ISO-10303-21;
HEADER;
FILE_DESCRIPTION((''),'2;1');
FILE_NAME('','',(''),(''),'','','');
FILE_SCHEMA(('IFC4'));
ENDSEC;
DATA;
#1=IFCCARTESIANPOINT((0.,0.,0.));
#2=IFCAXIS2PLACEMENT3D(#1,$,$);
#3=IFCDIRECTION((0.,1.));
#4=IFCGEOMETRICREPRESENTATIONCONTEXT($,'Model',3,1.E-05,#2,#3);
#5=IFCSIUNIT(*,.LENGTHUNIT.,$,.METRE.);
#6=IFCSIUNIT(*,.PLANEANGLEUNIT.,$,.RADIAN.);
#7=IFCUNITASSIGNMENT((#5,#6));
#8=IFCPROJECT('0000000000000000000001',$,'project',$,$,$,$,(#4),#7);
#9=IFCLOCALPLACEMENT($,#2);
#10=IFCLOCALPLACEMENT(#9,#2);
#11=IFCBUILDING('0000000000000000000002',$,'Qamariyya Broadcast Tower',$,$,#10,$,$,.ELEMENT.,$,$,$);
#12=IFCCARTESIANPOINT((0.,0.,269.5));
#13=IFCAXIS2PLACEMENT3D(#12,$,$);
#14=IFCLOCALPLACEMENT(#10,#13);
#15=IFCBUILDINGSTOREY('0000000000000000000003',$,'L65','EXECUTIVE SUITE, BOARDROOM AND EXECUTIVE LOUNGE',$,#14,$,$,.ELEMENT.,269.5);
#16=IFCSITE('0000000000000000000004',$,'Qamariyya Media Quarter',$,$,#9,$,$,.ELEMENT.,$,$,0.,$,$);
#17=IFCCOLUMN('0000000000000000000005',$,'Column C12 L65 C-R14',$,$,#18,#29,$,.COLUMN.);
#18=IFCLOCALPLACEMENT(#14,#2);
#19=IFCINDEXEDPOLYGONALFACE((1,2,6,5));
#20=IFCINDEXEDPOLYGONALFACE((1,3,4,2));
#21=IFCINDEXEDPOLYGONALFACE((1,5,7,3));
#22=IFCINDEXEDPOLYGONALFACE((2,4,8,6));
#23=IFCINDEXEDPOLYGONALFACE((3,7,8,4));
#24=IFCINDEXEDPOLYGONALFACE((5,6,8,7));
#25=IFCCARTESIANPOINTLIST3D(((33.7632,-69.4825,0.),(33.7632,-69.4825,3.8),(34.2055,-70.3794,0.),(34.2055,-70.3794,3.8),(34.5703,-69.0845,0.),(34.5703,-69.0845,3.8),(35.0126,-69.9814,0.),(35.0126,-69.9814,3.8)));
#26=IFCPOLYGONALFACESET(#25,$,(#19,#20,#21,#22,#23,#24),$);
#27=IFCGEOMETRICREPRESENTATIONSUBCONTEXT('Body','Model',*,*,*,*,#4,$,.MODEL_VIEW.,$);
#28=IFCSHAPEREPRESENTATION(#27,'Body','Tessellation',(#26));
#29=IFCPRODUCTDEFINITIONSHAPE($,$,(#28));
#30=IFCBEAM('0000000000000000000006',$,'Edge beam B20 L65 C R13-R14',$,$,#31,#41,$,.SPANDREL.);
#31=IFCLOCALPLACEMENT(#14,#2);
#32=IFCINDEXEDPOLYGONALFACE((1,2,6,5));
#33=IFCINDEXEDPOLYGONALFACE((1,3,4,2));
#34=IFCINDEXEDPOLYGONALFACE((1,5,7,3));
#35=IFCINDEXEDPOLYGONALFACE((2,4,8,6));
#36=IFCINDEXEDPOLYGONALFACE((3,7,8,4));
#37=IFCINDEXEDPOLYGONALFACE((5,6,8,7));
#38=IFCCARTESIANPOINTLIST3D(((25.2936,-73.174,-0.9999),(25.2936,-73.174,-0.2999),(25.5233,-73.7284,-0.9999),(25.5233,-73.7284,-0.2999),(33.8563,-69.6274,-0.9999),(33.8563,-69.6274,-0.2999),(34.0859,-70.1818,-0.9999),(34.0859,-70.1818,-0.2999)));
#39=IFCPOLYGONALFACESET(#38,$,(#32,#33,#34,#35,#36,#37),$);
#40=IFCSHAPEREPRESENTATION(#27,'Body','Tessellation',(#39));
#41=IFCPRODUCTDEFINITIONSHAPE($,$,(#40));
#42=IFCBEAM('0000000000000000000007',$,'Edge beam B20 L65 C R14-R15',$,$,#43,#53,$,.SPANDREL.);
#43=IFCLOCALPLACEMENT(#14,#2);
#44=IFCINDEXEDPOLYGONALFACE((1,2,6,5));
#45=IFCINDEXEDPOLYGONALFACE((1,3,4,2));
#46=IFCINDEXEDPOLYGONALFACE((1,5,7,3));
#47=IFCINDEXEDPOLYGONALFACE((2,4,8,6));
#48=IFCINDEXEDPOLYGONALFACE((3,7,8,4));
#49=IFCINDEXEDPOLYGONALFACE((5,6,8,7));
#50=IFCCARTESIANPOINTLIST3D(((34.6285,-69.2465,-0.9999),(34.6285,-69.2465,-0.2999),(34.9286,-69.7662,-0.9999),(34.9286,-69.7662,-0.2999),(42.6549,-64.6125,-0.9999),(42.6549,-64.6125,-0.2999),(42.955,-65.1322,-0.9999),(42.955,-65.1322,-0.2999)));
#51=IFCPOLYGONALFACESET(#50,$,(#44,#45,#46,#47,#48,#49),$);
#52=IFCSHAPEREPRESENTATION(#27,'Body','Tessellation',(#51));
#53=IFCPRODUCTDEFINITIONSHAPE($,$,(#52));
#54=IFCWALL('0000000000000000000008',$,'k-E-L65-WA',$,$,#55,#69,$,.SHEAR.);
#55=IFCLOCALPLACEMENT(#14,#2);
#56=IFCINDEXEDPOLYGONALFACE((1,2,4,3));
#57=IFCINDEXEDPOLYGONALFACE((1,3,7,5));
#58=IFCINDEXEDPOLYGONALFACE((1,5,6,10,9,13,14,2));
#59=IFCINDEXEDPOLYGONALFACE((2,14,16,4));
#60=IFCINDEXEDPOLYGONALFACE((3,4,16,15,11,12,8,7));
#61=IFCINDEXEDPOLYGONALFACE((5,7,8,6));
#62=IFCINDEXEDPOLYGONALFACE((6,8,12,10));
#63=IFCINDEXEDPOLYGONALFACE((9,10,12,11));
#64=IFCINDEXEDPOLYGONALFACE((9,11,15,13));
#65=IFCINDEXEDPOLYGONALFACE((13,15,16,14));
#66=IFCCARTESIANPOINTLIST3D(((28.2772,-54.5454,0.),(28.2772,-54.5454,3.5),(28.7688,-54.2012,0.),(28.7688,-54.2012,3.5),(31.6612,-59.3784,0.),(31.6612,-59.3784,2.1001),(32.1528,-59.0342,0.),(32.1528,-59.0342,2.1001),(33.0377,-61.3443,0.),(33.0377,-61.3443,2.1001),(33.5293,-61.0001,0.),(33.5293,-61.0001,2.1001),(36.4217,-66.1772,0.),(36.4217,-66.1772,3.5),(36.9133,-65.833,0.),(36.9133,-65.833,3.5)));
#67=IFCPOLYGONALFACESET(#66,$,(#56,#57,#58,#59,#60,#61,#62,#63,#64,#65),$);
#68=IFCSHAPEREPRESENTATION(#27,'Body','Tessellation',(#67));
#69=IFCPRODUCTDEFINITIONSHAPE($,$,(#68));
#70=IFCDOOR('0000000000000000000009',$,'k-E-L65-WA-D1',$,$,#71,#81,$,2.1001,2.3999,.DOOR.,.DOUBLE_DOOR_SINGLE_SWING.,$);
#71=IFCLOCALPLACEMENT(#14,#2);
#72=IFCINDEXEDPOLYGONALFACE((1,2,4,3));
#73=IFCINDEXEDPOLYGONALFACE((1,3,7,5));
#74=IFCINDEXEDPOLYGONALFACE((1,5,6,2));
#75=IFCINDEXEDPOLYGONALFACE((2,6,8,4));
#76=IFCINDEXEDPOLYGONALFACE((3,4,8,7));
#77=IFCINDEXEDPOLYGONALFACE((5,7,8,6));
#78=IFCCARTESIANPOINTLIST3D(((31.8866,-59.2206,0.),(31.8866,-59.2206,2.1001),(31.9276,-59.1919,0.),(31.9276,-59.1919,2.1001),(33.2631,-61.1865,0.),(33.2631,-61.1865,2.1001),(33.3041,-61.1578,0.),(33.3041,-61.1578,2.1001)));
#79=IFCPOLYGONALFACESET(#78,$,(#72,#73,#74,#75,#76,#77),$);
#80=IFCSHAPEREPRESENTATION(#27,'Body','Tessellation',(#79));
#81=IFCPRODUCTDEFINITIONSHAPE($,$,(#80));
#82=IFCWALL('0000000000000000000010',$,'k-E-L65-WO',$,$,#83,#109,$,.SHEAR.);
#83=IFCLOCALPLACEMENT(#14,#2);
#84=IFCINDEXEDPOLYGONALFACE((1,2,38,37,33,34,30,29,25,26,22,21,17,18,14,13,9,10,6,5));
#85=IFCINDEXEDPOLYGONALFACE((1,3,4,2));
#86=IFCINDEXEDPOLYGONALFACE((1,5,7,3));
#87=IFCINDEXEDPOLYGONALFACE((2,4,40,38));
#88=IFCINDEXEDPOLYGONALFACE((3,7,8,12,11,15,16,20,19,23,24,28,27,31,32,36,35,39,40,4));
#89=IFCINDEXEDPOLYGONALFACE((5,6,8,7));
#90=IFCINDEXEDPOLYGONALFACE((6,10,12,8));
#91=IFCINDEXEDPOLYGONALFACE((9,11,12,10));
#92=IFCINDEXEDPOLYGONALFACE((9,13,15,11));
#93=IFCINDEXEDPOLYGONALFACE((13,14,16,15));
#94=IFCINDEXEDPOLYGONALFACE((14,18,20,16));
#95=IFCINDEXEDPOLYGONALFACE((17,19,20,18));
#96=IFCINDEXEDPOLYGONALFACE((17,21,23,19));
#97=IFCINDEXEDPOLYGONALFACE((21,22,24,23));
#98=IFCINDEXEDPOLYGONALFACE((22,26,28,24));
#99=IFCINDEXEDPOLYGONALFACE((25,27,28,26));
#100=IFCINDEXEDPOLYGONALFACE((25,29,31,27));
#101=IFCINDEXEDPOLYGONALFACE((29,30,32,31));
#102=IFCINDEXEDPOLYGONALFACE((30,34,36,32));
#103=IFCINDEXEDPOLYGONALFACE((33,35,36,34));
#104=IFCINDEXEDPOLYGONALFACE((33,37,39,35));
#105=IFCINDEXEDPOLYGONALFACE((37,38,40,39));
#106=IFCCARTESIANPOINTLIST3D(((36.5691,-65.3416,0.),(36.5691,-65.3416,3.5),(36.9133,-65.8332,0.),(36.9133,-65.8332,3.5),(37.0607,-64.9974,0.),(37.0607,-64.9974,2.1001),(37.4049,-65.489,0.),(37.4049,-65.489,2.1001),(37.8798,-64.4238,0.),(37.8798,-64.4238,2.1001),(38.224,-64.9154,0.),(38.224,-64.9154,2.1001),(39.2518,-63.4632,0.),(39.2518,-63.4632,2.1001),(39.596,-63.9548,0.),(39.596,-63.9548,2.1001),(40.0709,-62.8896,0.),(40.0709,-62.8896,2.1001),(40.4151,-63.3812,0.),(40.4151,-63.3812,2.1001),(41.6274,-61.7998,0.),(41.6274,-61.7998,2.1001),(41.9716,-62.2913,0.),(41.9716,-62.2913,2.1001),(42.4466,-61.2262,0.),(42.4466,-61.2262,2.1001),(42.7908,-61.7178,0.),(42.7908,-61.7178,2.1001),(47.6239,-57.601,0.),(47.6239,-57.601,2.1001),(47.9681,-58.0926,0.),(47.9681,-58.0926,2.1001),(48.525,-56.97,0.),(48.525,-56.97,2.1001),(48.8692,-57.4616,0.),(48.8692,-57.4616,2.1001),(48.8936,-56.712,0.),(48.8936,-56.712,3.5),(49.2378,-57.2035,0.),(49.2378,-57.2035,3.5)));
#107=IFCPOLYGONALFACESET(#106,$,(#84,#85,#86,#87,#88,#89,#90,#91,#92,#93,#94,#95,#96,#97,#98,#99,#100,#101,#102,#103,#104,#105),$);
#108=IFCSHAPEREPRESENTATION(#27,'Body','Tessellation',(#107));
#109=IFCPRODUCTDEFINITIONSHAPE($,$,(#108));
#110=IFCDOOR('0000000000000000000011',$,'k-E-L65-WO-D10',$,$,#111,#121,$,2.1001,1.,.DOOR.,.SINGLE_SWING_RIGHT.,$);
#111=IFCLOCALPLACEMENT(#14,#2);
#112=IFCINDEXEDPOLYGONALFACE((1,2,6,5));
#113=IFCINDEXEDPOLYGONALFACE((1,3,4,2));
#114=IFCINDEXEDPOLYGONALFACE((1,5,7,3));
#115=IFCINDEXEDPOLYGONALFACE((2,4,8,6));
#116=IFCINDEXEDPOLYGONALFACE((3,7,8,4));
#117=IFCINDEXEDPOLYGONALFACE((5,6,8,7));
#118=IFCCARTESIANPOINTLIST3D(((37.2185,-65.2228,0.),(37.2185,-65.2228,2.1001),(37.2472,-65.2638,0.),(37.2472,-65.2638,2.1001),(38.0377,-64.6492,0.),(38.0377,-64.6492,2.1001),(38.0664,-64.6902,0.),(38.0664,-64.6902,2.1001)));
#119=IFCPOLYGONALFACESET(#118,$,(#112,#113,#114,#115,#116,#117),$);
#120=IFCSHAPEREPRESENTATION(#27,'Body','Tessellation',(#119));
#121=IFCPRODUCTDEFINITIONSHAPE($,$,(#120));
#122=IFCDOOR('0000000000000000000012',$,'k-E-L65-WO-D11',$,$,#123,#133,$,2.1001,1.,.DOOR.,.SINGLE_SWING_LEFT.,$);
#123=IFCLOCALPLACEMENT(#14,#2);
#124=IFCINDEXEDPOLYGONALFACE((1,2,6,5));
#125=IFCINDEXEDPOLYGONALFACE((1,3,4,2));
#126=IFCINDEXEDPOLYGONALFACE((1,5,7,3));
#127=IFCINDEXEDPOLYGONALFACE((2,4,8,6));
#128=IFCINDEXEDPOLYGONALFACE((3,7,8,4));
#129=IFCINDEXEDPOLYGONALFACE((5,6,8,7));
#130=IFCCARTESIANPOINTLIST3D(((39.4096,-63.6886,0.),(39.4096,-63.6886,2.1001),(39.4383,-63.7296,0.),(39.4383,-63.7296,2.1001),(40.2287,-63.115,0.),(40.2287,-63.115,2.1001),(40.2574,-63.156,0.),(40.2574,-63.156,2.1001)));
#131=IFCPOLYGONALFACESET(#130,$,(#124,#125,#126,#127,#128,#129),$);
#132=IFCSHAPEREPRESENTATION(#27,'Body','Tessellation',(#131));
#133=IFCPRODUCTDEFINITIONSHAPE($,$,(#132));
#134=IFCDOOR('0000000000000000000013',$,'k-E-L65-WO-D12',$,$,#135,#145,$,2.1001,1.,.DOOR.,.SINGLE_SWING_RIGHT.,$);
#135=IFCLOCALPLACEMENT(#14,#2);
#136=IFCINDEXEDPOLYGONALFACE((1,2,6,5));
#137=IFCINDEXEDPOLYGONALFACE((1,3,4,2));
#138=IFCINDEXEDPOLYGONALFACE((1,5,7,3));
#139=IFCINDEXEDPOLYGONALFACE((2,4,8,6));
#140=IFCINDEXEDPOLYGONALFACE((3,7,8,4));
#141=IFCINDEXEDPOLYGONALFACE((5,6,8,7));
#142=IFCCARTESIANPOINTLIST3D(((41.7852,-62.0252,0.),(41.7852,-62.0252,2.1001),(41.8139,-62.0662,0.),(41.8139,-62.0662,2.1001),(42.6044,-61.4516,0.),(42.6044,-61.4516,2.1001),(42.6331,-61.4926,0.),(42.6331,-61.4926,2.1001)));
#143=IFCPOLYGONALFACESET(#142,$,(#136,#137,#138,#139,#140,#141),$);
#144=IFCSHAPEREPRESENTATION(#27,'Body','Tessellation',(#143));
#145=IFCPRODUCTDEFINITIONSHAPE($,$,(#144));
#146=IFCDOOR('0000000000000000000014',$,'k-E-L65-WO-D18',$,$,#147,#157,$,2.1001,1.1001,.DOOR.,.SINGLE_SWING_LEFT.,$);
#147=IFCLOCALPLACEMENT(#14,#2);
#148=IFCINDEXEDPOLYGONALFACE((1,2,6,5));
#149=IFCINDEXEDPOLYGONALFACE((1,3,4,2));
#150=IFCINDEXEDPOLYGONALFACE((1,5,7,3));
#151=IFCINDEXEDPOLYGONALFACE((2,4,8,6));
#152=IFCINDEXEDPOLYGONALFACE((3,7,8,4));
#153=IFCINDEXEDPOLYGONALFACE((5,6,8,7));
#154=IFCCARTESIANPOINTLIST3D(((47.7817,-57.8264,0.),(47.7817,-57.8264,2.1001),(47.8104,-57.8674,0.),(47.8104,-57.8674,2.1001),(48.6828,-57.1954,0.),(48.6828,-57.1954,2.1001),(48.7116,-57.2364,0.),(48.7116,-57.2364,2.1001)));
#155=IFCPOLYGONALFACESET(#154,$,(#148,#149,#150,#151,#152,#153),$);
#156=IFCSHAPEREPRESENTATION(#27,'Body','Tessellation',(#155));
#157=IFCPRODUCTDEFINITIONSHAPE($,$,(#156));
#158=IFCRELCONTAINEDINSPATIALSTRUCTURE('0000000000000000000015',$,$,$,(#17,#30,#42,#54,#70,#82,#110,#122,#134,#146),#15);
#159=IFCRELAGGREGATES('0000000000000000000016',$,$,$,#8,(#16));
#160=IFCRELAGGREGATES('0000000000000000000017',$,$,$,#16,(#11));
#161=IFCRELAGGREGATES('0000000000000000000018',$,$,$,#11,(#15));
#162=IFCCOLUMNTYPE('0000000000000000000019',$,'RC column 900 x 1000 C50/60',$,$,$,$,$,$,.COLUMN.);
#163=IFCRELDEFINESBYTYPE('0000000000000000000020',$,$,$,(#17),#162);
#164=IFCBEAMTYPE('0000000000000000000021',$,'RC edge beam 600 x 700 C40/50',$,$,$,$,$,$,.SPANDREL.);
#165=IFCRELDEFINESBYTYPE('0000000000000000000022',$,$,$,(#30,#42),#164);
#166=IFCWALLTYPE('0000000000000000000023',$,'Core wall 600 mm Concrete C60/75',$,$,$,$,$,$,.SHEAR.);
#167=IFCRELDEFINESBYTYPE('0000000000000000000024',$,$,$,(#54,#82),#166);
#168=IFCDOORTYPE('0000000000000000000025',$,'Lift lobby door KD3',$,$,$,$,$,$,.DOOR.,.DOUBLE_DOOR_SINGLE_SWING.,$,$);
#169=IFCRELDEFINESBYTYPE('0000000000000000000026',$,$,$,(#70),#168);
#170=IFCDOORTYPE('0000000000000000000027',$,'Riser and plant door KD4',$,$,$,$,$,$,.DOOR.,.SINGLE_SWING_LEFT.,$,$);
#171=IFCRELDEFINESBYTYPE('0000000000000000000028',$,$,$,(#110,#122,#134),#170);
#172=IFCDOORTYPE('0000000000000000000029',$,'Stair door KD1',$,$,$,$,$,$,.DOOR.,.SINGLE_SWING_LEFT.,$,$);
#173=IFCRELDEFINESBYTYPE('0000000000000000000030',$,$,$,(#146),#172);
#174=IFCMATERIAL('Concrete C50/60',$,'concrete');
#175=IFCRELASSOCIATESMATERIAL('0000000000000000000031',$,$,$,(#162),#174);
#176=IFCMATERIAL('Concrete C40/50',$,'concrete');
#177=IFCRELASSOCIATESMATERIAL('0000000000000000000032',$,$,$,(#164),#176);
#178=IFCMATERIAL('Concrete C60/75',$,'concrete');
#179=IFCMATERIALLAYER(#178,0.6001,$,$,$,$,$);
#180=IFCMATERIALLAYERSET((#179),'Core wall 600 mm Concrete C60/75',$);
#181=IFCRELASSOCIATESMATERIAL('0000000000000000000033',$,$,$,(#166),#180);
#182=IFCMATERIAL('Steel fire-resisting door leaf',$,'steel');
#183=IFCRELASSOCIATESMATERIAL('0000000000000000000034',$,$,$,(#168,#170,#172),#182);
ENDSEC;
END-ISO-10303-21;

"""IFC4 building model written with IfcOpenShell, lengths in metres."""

from ifc_helpers import new_model, si_unit, direction, frame, frame_2d, origin, origin_2d, place, context, subcontext, project, spatial, rectangle, extrude, material, layer, layer_set, material_profile, profile_set, type_object, element, fill, save


model = new_model("IFC4")

# Units and contexts
model_context = context("Model", 3, precision=1e-05, world=origin(), true_north=direction((0.0, 1.0)))
body_context = subcontext(model_context, "Body", "Model", "MODEL_VIEW")
ifc_project = project(units=[si_unit("LENGTHUNIT", "METRE"), si_unit("PLANEANGLEUNIT", "RADIAN")], contexts=[model_context])

# Site, building, storey
site_placement = place(None, origin())
site = spatial("IfcSite", under=ifc_project, at=site_placement, Name="Qamariyya Media Quarter", CompositionType="ELEMENT", RefElevation=0.0)
building_placement = place(site_placement, origin())
building = spatial("IfcBuilding", under=site, at=building_placement, Name="Qamariyya Broadcast Tower", CompositionType="ELEMENT")
storey_placement = place(building_placement, frame((0.0, 0.0, 269.5)))
storey = spatial("IfcBuildingStorey", under=building, at=storey_placement, Name="L65", Description="EXECUTIVE SUITE, BOARDROOM AND EXECUTIVE LOUNGE", CompositionType="ELEMENT", Elevation=269.5)

# Column
ifc_material_1 = material(Name="Concrete C50/60", Category="concrete")
ifc_material_profile_1 = material_profile(ifc_material_1, rectangle(XDim=0.8999, YDim=1.0, at=origin_2d()))
ifc_profile_set_1 = profile_set([ifc_material_profile_1], Name="Concrete C50/60")
column_type = type_object("IfcColumnType", Name="RC column 900 x 1000 C50/60", PredefinedType="COLUMN", material=ifc_profile_set_1)
column_placement = place(storey_placement, frame((34.3879, -69.7319, 0.0), z_axis=(0.0, 0.0, 1.0), x_axis=(0.896873, 0.442289, 0.0)))
element("IfcColumn", 1, at=column_placement, inside=storey, type_object=column_type, Name="Column C12 L65 C-R14", PredefinedType="COLUMN", context=body_context, shape_type="SweptSolid", body=[
    extrude(rectangle(XDim=0.8999, YDim=1.0, at=origin_2d()), origin(), (0.0, 0.0, 1.0), 3.8),
])

# Beams
ifc_material_2 = material(Name="Concrete C40/50", Category="concrete")
ifc_material_profile_2 = material_profile(ifc_material_2, rectangle(XDim=0.6001, YDim=0.7, at=origin_2d()))
ifc_profile_set_2 = profile_set([ifc_material_profile_2], Name="Concrete C40/50")
beam_type = type_object("IfcBeamType", Name="RC edge beam 600 x 700 C40/50", PredefinedType="SPANDREL", material=ifc_profile_set_2)
for number, where, z_axis, x_axis, name in (
    (2, (25.4084, -73.4512, -0.6499), (0.923886, 0.382667, 0.0), (-0.382667, 0.923886, 0.0), "Edge beam B20 L65 C R13-R14"),
    (3, (34.7786, -69.5063, -0.6499), (0.866025, 0.500001, 0.0), (-0.500001, 0.866025, 0.0), "Edge beam B20 L65 C R14-R15"),
):
    element("IfcBeam", number, at=place(storey_placement, frame(where, z_axis=z_axis, x_axis=x_axis)), inside=storey, type_object=beam_type, Name=name, PredefinedType="SPANDREL", context=body_context, shape_type="SweptSolid", body=[
        extrude(rectangle(XDim=0.6001, YDim=0.7, at=origin_2d()), origin(), (0.0, 0.0, 1.0), 9.2681),
    ])

# Wall, opening, door
ifc_material_3 = material(Name="Concrete C60/75", Category="concrete")
ifc_layer_1 = layer(ifc_material_3, 0.6001)
ifc_layer_set_1 = layer_set([ifc_layer_1], Name="Core wall 600 mm Concrete C60/75")
wall_type_1 = type_object("IfcWallType", Name="Core wall 600 mm Concrete C60/75", PredefinedType="SHEAR", material=ifc_layer_set_1)
wall_1_placement = place(storey_placement, frame((36.6675, -66.0051, 0.0), z_axis=(0.0, 0.0, 1.0), x_axis=(-0.573568, 0.819158, 0.0)))
wall_1 = element("IfcWall", 4, at=wall_1_placement, inside=storey, type_object=wall_type_1, Name="k-E-L65-WA", PredefinedType="SHEAR", context=body_context, shape_type="SweptSolid", body=[
    extrude(rectangle(XDim=14.1997, YDim=0.6001, at=frame_2d((7.0999, 0.0))), origin(), (0.0, 0.0, 1.0), 3.5),
])
opening_1_placement = place(wall_1_placement, frame((5.8999, 0.0, 0.0)))
opening_1 = element("IfcOpeningElement", 5, at=opening_1_placement, cuts=wall_1, PredefinedType="OPENING", context=body_context, shape_type="SweptSolid", body=[
    extrude(rectangle(XDim=2.3999, YDim=2.1001, at=frame_2d((1.2, 1.05))), frame((0.0, 0.3101, 0.0), z_axis=(0.0, -1.0, 0.0), x_axis=(1.0, 0.0, 0.0)), (0.0, 0.0, 1.0), 0.6201),
])
ifc_material_4 = material(Name="Steel fire-resisting door leaf", Category="steel")
door_type_1 = type_object("IfcDoorType", Name="Lift lobby door KD3", OperationType="DOUBLE_DOOR_SINGLE_SWING", PredefinedType="DOOR", material=ifc_material_4)
door_1_placement = place(opening_1_placement, origin())
door_1 = element("IfcDoor", 6, at=door_1_placement, inside=storey, type_object=door_type_1, Name="k-E-L65-WA-D1", OperationType="DOUBLE_DOOR_SINGLE_SWING", OverallHeight=2.1001, OverallWidth=2.3999, PredefinedType="DOOR", context=body_context, shape_type="SweptSolid", body=[
    extrude(rectangle(XDim=2.3999, YDim=2.1001, at=frame_2d((1.2, 1.05))), frame((0.0, 0.0249, 0.0), z_axis=(0.0, -1.0, 0.0), x_axis=(1.0, 0.0, 0.0)), (0.0, 0.0, 1.0), 0.05),
])
fill(opening_1, door_1)

# Wall, openings, doors
wall_2_placement = place(storey_placement, frame((36.7412, -65.5874, 0.0), z_axis=(0.0, 0.0, 1.0), x_axis=(0.819153, 0.573575, 0.0)))
wall_2 = element("IfcWall", 7, at=wall_2_placement, inside=storey, type_object=wall_type_1, Name="k-E-L65-WO", PredefinedType="SHEAR", context=body_context, shape_type="SweptSolid", body=[
    extrude(rectangle(XDim=15.0454, YDim=0.6001, at=frame_2d((7.5227, 0.0))), origin(), (0.0, 0.0, 1.0), 3.5),
])
opening_2_placement = place(wall_2_placement, frame((0.6001, 0.0, 0.0)))
opening_2 = element("IfcOpeningElement", 8, at=opening_2_placement, cuts=wall_2, PredefinedType="OPENING", context=body_context, shape_type="SweptSolid", body=[
    extrude(rectangle(XDim=1.0, YDim=2.1001, at=frame_2d((0.5, 1.05))), frame((0.0, 0.3101, 0.0), z_axis=(0.0, -1.0, 0.0), x_axis=(1.0, 0.0, 0.0)), (0.0, 0.0, 1.0), 0.6201),
])
opening_3_placement = place(wall_2_placement, frame((3.2749, 0.0, 0.0)))
opening_3 = element("IfcOpeningElement", 9, at=opening_3_placement, cuts=wall_2, PredefinedType="OPENING", context=body_context, shape_type="SweptSolid", body=[
    extrude(rectangle(XDim=1.0, YDim=2.1001, at=frame_2d((0.5, 1.05))), frame((0.0, 0.3101, 0.0), z_axis=(0.0, -1.0, 0.0), x_axis=(1.0, 0.0, 0.0)), (0.0, 0.0, 1.0), 0.6201),
])
opening_4_placement = place(wall_2_placement, frame((6.175, 0.0, 0.0)))
opening_4 = element("IfcOpeningElement", 10, at=opening_4_placement, cuts=wall_2, PredefinedType="OPENING", context=body_context, shape_type="SweptSolid", body=[
    extrude(rectangle(XDim=1.0, YDim=2.1001, at=frame_2d((0.5, 1.05))), frame((0.0, 0.3101, 0.0), z_axis=(0.0, -1.0, 0.0), x_axis=(1.0, 0.0, 0.0)), (0.0, 0.0, 1.0), 0.6201),
])
opening_5_placement = place(wall_2_placement, frame((13.4954, 0.0, 0.0)))
opening_5 = element("IfcOpeningElement", 11, at=opening_5_placement, cuts=wall_2, PredefinedType="OPENING", context=body_context, shape_type="SweptSolid", body=[
    extrude(rectangle(XDim=1.1001, YDim=2.1001, at=frame_2d((0.55, 1.05))), frame((0.0, 0.3101, 0.0), z_axis=(0.0, -1.0, 0.0), x_axis=(1.0, 0.0, 0.0)), (0.0, 0.0, 1.0), 0.6201),
])
door_type_2 = type_object("IfcDoorType", Name="Riser and plant door KD4", OperationType="SINGLE_SWING_LEFT", PredefinedType="DOOR", material=ifc_material_4)
door_2_placement = place(opening_2_placement, origin())
door_2 = element("IfcDoor", 12, at=door_2_placement, inside=storey, type_object=door_type_2, Name="k-E-L65-WO-D10", OperationType="SINGLE_SWING_RIGHT", OverallHeight=2.1001, OverallWidth=1.0, PredefinedType="DOOR", context=body_context, shape_type="SweptSolid", body=[
    extrude(rectangle(XDim=1.0, YDim=2.1001, at=frame_2d((0.5, 1.05))), frame((0.0, 0.0249, 0.0), z_axis=(0.0, -1.0, 0.0), x_axis=(1.0, 0.0, 0.0)), (0.0, 0.0, 1.0), 0.05),
])
fill(opening_2, door_2)
door_3_placement = place(opening_3_placement, origin())
door_3 = element("IfcDoor", 13, at=door_3_placement, inside=storey, type_object=door_type_2, Name="k-E-L65-WO-D11", OperationType="SINGLE_SWING_LEFT", OverallHeight=2.1001, OverallWidth=1.0, PredefinedType="DOOR", context=body_context, shape_type="SweptSolid", body=[
    extrude(rectangle(XDim=1.0, YDim=2.1001, at=frame_2d((0.5, 1.05))), frame((0.0, 0.0249, 0.0), z_axis=(0.0, -1.0, 0.0), x_axis=(1.0, 0.0, 0.0)), (0.0, 0.0, 1.0), 0.05),
])
fill(opening_3, door_3)
door_4_placement = place(opening_4_placement, origin())
door_4 = element("IfcDoor", 14, at=door_4_placement, inside=storey, type_object=door_type_2, Name="k-E-L65-WO-D12", OperationType="SINGLE_SWING_RIGHT", OverallHeight=2.1001, OverallWidth=1.0, PredefinedType="DOOR", context=body_context, shape_type="SweptSolid", body=[
    extrude(rectangle(XDim=1.0, YDim=2.1001, at=frame_2d((0.5, 1.05))), frame((0.0, 0.0249, 0.0), z_axis=(0.0, -1.0, 0.0), x_axis=(1.0, 0.0, 0.0)), (0.0, 0.0, 1.0), 0.05),
])
fill(opening_4, door_4)
door_type_3 = type_object("IfcDoorType", Name="Stair door KD1", OperationType="SINGLE_SWING_LEFT", PredefinedType="DOOR", material=ifc_material_4)
door_5_placement = place(opening_5_placement, origin())
door_5 = element("IfcDoor", 15, at=door_5_placement, inside=storey, type_object=door_type_3, Name="k-E-L65-WO-D18", OperationType="SINGLE_SWING_LEFT", OverallHeight=2.1001, OverallWidth=1.1001, PredefinedType="DOOR", context=body_context, shape_type="SweptSolid", body=[
    extrude(rectangle(XDim=1.1001, YDim=2.1001, at=frame_2d((0.55, 1.05))), frame((0.0, 0.0249, 0.0), z_axis=(0.0, -1.0, 0.0), x_axis=(1.0, 0.0, 0.0)), (0.0, 0.0, 1.0), 0.05),
])
fill(opening_5, door_5)

save(model, "model.ifc")
